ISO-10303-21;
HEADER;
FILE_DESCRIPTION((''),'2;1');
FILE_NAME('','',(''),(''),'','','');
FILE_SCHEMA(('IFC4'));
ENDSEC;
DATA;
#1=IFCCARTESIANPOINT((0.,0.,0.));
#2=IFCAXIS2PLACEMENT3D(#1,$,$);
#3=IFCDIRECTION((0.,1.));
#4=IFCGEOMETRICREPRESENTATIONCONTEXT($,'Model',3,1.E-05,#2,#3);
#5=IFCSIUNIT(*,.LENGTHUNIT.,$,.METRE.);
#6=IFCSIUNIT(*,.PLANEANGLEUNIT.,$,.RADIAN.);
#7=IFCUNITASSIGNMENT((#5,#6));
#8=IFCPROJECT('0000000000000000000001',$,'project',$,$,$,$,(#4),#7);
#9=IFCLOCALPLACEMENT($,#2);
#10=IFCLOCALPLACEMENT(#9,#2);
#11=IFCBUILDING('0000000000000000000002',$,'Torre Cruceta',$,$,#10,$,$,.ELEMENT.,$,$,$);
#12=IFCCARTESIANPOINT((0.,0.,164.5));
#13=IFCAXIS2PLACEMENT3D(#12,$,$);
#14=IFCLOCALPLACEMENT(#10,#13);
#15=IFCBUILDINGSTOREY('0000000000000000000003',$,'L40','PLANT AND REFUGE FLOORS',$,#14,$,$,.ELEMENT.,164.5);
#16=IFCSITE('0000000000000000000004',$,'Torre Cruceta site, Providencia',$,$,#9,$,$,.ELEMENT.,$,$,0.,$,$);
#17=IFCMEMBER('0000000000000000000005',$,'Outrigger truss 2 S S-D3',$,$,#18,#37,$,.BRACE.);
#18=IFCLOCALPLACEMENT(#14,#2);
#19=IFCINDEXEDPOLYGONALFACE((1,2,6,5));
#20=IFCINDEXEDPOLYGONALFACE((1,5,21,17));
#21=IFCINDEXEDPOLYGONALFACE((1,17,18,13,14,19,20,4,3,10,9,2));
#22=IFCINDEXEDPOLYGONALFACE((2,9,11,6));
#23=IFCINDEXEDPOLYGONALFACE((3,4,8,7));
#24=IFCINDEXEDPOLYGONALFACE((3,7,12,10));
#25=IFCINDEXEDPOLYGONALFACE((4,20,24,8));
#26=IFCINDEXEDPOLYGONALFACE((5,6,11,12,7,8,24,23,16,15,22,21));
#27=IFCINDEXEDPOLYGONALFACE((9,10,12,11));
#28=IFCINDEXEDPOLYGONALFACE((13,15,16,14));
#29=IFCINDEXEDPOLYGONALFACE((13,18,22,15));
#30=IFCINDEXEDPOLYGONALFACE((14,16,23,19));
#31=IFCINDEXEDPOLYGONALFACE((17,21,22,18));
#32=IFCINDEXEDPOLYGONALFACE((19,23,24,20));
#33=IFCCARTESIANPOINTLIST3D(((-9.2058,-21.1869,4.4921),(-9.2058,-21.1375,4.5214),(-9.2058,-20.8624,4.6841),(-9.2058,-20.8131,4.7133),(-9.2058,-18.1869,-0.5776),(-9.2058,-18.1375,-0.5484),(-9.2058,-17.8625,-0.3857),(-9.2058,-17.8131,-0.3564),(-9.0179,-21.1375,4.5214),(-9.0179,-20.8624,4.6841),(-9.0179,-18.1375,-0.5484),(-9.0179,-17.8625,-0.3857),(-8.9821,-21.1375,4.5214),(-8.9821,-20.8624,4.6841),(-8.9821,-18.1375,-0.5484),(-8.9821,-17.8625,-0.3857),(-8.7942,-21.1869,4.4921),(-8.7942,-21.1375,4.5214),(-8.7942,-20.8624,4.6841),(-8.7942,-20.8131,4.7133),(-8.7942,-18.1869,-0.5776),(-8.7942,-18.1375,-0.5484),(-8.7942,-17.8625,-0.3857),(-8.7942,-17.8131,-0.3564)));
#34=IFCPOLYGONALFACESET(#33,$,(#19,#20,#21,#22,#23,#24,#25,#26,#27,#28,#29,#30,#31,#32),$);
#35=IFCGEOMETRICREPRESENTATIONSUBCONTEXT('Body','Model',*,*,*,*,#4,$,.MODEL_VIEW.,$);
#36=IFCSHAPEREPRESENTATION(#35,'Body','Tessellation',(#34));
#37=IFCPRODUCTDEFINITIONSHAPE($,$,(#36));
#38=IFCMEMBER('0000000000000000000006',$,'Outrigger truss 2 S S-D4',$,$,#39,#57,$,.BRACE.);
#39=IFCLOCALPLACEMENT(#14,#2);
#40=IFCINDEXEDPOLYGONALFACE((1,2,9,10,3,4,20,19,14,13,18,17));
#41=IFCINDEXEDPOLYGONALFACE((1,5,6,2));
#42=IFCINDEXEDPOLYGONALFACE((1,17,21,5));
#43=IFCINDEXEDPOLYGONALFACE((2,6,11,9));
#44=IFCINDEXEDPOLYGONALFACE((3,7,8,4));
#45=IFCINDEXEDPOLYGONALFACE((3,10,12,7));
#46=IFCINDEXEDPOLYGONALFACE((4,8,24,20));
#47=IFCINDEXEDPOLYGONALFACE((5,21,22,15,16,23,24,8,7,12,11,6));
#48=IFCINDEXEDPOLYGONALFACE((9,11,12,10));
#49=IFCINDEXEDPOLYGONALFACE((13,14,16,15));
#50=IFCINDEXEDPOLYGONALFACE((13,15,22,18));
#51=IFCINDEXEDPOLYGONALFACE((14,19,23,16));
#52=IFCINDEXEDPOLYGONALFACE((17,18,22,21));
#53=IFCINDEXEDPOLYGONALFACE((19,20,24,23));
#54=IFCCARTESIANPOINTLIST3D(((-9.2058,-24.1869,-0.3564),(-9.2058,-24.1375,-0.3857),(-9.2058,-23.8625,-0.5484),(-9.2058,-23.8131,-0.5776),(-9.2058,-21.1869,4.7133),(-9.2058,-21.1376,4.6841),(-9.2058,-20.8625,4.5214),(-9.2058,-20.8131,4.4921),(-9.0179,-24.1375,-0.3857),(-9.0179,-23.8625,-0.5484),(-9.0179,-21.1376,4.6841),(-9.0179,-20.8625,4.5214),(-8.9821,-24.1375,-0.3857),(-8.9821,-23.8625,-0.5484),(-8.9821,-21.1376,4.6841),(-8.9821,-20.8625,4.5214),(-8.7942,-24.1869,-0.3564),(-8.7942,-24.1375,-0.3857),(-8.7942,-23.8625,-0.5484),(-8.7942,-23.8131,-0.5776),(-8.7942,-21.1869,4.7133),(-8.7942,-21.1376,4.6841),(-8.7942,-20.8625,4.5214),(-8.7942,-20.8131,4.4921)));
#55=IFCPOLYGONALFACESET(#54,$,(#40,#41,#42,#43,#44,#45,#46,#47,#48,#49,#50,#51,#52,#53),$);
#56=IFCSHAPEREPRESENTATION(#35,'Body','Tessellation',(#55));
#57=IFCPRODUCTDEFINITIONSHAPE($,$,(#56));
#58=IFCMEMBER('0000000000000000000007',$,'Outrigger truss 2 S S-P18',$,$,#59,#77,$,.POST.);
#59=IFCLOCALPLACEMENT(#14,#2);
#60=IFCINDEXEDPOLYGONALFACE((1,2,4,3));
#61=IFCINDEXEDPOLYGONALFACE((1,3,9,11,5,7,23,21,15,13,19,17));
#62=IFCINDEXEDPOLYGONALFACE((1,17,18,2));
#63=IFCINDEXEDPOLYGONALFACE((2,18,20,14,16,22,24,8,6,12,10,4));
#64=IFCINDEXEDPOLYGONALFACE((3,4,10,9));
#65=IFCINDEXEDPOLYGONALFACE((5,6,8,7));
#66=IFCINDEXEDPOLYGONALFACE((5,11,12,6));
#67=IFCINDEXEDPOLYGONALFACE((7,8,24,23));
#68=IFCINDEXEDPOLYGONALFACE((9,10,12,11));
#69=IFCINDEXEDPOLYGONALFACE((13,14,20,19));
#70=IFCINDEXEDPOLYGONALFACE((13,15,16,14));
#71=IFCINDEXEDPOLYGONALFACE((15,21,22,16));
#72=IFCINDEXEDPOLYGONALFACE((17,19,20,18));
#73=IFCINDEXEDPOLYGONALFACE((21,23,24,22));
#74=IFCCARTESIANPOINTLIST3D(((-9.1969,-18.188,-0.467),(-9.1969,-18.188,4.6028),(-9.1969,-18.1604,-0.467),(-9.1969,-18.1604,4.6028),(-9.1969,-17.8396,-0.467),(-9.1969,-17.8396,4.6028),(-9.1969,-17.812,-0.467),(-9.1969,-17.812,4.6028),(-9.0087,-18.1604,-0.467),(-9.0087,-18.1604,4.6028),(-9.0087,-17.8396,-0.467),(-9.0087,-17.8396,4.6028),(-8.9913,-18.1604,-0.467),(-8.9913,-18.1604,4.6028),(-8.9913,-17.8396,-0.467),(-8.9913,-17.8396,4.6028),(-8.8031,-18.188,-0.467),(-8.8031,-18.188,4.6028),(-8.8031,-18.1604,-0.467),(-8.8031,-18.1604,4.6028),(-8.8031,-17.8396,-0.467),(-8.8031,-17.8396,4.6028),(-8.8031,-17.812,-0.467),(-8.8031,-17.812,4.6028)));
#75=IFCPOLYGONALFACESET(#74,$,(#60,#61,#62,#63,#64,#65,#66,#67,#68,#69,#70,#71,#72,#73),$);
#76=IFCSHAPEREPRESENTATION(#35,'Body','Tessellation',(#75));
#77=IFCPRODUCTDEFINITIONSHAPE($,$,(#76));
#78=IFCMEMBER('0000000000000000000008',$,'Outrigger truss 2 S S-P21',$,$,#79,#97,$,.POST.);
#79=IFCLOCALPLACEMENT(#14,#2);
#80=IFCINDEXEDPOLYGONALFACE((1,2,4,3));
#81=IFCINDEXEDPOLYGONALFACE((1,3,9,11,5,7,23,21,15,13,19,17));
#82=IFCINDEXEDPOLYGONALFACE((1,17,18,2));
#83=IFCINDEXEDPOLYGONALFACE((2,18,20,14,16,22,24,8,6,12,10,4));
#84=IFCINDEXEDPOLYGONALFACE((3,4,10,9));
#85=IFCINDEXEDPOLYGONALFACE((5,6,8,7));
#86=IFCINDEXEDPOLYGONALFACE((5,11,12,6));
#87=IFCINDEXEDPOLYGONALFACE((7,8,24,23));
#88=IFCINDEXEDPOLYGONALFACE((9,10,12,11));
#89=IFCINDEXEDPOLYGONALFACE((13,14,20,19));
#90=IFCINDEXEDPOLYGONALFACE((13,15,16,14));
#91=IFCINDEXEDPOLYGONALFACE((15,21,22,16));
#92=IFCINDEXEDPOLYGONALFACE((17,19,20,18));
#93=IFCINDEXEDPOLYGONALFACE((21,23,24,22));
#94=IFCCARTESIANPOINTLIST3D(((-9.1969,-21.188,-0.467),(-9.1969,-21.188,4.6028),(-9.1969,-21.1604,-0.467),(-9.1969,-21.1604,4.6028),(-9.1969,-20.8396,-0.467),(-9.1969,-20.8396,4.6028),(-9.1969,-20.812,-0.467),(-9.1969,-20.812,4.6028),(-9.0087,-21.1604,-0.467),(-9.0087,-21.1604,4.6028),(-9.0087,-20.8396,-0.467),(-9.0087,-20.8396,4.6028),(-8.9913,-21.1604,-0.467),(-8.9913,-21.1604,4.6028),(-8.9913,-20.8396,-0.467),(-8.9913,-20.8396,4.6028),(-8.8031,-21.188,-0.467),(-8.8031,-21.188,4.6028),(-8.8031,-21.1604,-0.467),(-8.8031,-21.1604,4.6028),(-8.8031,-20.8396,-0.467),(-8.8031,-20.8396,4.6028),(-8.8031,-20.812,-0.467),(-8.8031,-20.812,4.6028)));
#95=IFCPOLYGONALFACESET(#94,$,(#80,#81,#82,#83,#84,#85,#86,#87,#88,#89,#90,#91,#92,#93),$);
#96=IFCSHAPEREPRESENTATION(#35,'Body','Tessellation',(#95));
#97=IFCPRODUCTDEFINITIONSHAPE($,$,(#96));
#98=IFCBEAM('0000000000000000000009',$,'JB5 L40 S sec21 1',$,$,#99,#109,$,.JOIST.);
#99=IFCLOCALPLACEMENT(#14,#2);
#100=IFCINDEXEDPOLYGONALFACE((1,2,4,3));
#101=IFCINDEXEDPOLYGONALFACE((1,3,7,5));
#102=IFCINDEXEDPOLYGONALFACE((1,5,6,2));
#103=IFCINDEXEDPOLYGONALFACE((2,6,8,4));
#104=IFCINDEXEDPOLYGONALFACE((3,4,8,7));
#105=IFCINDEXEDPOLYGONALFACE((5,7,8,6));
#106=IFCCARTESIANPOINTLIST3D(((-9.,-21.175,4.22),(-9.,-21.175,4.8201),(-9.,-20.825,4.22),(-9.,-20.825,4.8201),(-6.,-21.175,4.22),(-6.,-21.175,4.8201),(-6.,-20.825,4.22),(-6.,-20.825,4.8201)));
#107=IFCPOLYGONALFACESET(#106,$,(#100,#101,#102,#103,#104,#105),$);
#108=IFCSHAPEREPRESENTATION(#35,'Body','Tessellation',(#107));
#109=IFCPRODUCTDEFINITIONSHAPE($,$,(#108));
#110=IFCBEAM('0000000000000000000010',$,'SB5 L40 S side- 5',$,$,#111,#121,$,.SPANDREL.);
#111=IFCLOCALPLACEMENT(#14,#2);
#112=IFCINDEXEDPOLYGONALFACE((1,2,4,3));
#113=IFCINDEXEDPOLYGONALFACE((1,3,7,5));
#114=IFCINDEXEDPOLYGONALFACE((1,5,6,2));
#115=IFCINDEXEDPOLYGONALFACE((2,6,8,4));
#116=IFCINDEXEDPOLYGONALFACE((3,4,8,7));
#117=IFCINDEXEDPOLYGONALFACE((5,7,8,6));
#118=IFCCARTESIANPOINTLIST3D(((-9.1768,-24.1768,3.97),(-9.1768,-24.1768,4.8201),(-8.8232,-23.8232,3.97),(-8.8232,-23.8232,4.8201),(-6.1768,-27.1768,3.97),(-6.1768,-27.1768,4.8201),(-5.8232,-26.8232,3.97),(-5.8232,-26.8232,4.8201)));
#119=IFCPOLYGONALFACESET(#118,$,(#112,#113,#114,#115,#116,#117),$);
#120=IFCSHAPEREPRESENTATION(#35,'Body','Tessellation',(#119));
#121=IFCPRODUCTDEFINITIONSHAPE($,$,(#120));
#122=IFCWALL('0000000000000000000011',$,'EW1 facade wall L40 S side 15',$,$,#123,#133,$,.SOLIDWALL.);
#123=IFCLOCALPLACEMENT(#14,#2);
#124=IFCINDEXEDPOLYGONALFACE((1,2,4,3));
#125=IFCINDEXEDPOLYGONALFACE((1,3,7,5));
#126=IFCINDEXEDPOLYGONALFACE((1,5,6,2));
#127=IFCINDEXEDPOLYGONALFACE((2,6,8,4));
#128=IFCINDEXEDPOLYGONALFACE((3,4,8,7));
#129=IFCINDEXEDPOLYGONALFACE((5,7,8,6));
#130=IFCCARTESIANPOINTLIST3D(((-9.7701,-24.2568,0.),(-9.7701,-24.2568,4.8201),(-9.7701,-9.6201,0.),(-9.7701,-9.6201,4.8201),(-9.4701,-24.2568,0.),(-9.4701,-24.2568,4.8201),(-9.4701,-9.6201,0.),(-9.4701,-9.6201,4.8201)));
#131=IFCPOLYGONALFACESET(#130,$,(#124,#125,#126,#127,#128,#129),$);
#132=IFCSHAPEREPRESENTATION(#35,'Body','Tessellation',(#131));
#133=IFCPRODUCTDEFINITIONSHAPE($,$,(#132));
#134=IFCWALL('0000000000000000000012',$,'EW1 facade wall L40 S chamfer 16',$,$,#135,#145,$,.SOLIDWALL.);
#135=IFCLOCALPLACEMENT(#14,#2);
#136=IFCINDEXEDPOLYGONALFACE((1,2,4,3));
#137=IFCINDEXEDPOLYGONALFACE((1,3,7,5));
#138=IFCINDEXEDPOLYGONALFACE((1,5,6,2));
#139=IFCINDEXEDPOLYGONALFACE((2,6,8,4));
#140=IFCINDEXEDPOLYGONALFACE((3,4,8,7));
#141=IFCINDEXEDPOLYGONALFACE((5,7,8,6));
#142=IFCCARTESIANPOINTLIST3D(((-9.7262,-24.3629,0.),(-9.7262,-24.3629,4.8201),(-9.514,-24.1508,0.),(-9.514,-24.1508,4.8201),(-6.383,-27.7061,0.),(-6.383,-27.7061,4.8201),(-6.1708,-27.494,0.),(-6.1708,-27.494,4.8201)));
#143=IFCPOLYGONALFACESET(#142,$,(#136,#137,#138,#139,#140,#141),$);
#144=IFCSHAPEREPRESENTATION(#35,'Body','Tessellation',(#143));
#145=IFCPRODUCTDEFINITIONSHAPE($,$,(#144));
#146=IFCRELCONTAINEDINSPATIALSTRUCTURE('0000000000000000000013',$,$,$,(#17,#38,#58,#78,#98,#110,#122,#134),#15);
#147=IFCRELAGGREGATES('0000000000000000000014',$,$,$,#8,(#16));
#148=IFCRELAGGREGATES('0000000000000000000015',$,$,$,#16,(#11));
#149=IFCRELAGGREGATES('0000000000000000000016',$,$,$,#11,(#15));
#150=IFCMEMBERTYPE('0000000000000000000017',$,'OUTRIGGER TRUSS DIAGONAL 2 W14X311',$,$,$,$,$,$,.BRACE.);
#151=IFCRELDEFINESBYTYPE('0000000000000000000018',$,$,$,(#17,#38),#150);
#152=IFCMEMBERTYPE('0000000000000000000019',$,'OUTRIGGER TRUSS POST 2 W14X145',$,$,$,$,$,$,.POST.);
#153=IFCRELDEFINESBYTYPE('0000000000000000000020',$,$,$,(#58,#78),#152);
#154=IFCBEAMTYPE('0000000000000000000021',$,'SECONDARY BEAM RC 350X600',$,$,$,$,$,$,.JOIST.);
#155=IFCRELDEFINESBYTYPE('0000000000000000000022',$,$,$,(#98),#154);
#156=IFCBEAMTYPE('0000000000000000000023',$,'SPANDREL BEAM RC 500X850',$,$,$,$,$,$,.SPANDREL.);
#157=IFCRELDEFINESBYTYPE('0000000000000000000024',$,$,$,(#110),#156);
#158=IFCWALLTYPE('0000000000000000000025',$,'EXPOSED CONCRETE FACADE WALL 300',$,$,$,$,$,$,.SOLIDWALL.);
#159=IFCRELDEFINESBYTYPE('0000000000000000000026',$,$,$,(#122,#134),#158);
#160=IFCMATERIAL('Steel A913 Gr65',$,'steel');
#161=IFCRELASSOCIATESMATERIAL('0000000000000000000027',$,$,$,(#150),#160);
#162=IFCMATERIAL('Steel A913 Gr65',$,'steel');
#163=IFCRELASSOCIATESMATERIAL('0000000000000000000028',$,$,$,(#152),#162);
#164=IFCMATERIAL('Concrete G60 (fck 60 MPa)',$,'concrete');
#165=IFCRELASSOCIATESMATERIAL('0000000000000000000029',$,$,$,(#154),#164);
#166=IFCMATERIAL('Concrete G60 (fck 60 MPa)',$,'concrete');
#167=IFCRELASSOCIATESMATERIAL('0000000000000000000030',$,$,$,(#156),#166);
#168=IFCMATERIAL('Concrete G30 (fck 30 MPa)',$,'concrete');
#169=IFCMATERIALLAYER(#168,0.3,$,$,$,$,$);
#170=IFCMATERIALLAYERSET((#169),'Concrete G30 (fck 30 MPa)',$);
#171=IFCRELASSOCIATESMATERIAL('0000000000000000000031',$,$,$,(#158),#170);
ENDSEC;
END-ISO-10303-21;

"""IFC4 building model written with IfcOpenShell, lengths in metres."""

from ifc_helpers import new_model, si_unit, direction, frame, frame_2d, origin, origin_2d, place, context, subcontext, project, spatial, rectangle, i_section, extrude, material, layer, layer_set, material_profile, profile_set, type_object, element, save


model = new_model("IFC4")

# Units and contexts
model_context = context("Model", 3, precision=1e-05, world=origin(), true_north=direction((0.0, 1.0)))
body_context = subcontext(model_context, "Body", "Model", "MODEL_VIEW")
ifc_project = project(units=[si_unit("LENGTHUNIT", "METRE"), si_unit("PLANEANGLEUNIT", "RADIAN")], contexts=[model_context])

# Site, building, storey
site_placement = place(None, origin())
site = spatial("IfcSite", under=ifc_project, at=site_placement, Name="Torre Cruceta site, Providencia", CompositionType="ELEMENT", RefElevation=0.0)
building_placement = place(site_placement, origin())
building = spatial("IfcBuilding", under=site, at=building_placement, Name="Torre Cruceta", CompositionType="ELEMENT")
storey_placement = place(building_placement, frame((0.0, 0.0, 164.5)))
storey = spatial("IfcBuildingStorey", under=building, at=storey_placement, Name="L40", Description="PLANT AND REFUGE FLOORS", CompositionType="ELEMENT", Elevation=164.5)

# Members
ifc_material_1 = material(Name="Steel A913 Gr65", Category="steel")
ifc_material_profile_1 = material_profile(ifc_material_1, i_section(OverallWidth=0.4116, OverallDepth=0.4343, WebThickness=0.0359, FlangeThickness=0.0574, at=origin_2d()), Name="W14X311")
ifc_profile_set_1 = profile_set([ifc_material_profile_1], Name="Steel A913 Gr65")
member_type_1 = type_object("IfcMemberType", Name="OUTRIGGER TRUSS DIAGONAL 2 W14X311", PredefinedType="BRACE", material=ifc_profile_set_1)
for number, where, z_axis, x_axis, name in (
    (1, (-9.0, -18.0, -0.467), (0.0, -0.509257, 0.860614), (1.0, 0.0, 0.0), "Outrigger truss 2 S S-D3"),
    (2, (-9.0, -24.0, -0.467), (0.0, 0.509257, 0.860614), (-1.0, 0.0, 0.0), "Outrigger truss 2 S S-D4"),
):
    element("IfcMember", number, at=place(storey_placement, frame(where, z_axis=z_axis, x_axis=x_axis)), inside=storey, type_object=member_type_1, Name=name, PredefinedType="BRACE", context=body_context, shape_type="SweptSolid", body=[
        extrude(i_section(OverallWidth=0.4116, OverallDepth=0.4343, WebThickness=0.0359, FlangeThickness=0.0574, at=origin_2d()), origin(), (0.0, 0.0, 1.0), 5.8909),
    ])
ifc_material_2 = material(Name="Steel A913 Gr65", Category="steel")
ifc_material_profile_2 = material_profile(ifc_material_2, i_section(OverallWidth=0.3938, OverallDepth=0.376, WebThickness=0.0173, FlangeThickness=0.0276, at=origin_2d()), Name="W14X145")
ifc_profile_set_2 = profile_set([ifc_material_profile_2], Name="Steel A913 Gr65")
member_type_2 = type_object("IfcMemberType", Name="OUTRIGGER TRUSS POST 2 W14X145", PredefinedType="POST", material=ifc_profile_set_2)
for number, where, z_axis, x_axis, name in (
    (3, (-9.0, -18.0, -0.467), (0.0, 0.0, 1.0), (1.0, 0.0, 0.0), "Outrigger truss 2 S S-P18"),
    (4, (-9.0, -21.0, -0.467), (0.0, 0.0, 1.0), (1.0, 0.0, 0.0), "Outrigger truss 2 S S-P21"),
):
    element("IfcMember", number, at=place(storey_placement, frame(where, z_axis=z_axis, x_axis=x_axis)), inside=storey, type_object=member_type_2, Name=name, PredefinedType="POST", context=body_context, shape_type="SweptSolid", body=[
        extrude(i_section(OverallWidth=0.3938, OverallDepth=0.376, WebThickness=0.0173, FlangeThickness=0.0276, at=origin_2d()), origin(), (0.0, 0.0, 1.0), 5.0698),
    ])

# Beams
ifc_material_3 = material(Name="Concrete G60 (fck 60 MPa)", Category="concrete")
ifc_material_profile_3 = material_profile(ifc_material_3, rectangle(XDim=0.3501, YDim=0.6001, at=origin_2d()), Name="RC 350X600")
ifc_profile_set_3 = profile_set([ifc_material_profile_3], Name="Concrete G60 (fck 60 MPa)")
beam_type_1 = type_object("IfcBeamType", Name="SECONDARY BEAM RC 350X600", PredefinedType="JOIST", material=ifc_profile_set_3)
beam_1_placement = place(storey_placement, frame((-9.0, -21.0, 4.52), z_axis=(1.0, 0.0, 0.0), x_axis=(0.0, 1.0, 0.0)))
element("IfcBeam", 5, at=beam_1_placement, inside=storey, type_object=beam_type_1, Name="JB5 L40 S sec21 1", PredefinedType="JOIST", context=body_context, shape_type="SweptSolid", body=[
    extrude(rectangle(XDim=0.3501, YDim=0.6001, at=origin_2d()), origin(), (0.0, 0.0, 1.0), 3.0),
])
ifc_material_4 = material(Name="Concrete G60 (fck 60 MPa)", Category="concrete")
ifc_material_profile_4 = material_profile(ifc_material_4, rectangle(XDim=0.5, YDim=0.8501, at=origin_2d()), Name="RC 500X850")
ifc_profile_set_4 = profile_set([ifc_material_profile_4], Name="Concrete G60 (fck 60 MPa)")
beam_type_2 = type_object("IfcBeamType", Name="SPANDREL BEAM RC 500X850", PredefinedType="SPANDREL", material=ifc_profile_set_4)
beam_2_placement = place(storey_placement, frame((-9.0, -24.0, 4.395), z_axis=(0.707107, -0.707107, 0.0), x_axis=(0.707107, 0.707107, 0.0)))
element("IfcBeam", 6, at=beam_2_placement, inside=storey, type_object=beam_type_2, Name="SB5 L40 S side- 5", PredefinedType="SPANDREL", context=body_context, shape_type="SweptSolid", body=[
    extrude(rectangle(XDim=0.5, YDim=0.8501, at=origin_2d()), origin(), (0.0, 0.0, 1.0), 4.2427),
])

# Walls
ifc_material_5 = material(Name="Concrete G30 (fck 30 MPa)", Category="concrete")
ifc_layer = layer(ifc_material_5, 0.3)
ifc_layer_set = layer_set([ifc_layer], Name="Concrete G30 (fck 30 MPa)")
wall_type = type_object("IfcWallType", Name="EXPOSED CONCRETE FACADE WALL 300", PredefinedType="SOLIDWALL", material=ifc_layer_set)
wall_1_placement = place(storey_placement, frame((-9.6201, -9.6201, 0.0), z_axis=(0.0, 0.0, 1.0), x_axis=(0.0, -1.0, 0.0)))
element("IfcWall", 7, at=wall_1_placement, inside=storey, type_object=wall_type, Name="EW1 facade wall L40 S side 15", PredefinedType="SOLIDWALL", context=body_context, shape_type="SweptSolid", body=[
    extrude(rectangle(XDim=14.6367, YDim=0.3, at=frame_2d((7.3184, 0.0))), origin(), (0.0, 0.0, 1.0), 4.8201),
])
wall_2_placement = place(storey_placement, frame((-9.6201, -24.2568, 0.0), z_axis=(0.0, 0.0, 1.0), x_axis=(0.707107, -0.707107, 0.0)))
element("IfcWall", 8, at=wall_2_placement, inside=storey, type_object=wall_type, Name="EW1 facade wall L40 S chamfer 16", PredefinedType="SOLIDWALL", context=body_context, shape_type="SweptSolid", body=[
    extrude(rectangle(XDim=4.728, YDim=0.3, at=frame_2d((2.364, 0.0))), origin(), (0.0, 0.0, 1.0), 4.8201),
])

save(model, "model.ifc")
